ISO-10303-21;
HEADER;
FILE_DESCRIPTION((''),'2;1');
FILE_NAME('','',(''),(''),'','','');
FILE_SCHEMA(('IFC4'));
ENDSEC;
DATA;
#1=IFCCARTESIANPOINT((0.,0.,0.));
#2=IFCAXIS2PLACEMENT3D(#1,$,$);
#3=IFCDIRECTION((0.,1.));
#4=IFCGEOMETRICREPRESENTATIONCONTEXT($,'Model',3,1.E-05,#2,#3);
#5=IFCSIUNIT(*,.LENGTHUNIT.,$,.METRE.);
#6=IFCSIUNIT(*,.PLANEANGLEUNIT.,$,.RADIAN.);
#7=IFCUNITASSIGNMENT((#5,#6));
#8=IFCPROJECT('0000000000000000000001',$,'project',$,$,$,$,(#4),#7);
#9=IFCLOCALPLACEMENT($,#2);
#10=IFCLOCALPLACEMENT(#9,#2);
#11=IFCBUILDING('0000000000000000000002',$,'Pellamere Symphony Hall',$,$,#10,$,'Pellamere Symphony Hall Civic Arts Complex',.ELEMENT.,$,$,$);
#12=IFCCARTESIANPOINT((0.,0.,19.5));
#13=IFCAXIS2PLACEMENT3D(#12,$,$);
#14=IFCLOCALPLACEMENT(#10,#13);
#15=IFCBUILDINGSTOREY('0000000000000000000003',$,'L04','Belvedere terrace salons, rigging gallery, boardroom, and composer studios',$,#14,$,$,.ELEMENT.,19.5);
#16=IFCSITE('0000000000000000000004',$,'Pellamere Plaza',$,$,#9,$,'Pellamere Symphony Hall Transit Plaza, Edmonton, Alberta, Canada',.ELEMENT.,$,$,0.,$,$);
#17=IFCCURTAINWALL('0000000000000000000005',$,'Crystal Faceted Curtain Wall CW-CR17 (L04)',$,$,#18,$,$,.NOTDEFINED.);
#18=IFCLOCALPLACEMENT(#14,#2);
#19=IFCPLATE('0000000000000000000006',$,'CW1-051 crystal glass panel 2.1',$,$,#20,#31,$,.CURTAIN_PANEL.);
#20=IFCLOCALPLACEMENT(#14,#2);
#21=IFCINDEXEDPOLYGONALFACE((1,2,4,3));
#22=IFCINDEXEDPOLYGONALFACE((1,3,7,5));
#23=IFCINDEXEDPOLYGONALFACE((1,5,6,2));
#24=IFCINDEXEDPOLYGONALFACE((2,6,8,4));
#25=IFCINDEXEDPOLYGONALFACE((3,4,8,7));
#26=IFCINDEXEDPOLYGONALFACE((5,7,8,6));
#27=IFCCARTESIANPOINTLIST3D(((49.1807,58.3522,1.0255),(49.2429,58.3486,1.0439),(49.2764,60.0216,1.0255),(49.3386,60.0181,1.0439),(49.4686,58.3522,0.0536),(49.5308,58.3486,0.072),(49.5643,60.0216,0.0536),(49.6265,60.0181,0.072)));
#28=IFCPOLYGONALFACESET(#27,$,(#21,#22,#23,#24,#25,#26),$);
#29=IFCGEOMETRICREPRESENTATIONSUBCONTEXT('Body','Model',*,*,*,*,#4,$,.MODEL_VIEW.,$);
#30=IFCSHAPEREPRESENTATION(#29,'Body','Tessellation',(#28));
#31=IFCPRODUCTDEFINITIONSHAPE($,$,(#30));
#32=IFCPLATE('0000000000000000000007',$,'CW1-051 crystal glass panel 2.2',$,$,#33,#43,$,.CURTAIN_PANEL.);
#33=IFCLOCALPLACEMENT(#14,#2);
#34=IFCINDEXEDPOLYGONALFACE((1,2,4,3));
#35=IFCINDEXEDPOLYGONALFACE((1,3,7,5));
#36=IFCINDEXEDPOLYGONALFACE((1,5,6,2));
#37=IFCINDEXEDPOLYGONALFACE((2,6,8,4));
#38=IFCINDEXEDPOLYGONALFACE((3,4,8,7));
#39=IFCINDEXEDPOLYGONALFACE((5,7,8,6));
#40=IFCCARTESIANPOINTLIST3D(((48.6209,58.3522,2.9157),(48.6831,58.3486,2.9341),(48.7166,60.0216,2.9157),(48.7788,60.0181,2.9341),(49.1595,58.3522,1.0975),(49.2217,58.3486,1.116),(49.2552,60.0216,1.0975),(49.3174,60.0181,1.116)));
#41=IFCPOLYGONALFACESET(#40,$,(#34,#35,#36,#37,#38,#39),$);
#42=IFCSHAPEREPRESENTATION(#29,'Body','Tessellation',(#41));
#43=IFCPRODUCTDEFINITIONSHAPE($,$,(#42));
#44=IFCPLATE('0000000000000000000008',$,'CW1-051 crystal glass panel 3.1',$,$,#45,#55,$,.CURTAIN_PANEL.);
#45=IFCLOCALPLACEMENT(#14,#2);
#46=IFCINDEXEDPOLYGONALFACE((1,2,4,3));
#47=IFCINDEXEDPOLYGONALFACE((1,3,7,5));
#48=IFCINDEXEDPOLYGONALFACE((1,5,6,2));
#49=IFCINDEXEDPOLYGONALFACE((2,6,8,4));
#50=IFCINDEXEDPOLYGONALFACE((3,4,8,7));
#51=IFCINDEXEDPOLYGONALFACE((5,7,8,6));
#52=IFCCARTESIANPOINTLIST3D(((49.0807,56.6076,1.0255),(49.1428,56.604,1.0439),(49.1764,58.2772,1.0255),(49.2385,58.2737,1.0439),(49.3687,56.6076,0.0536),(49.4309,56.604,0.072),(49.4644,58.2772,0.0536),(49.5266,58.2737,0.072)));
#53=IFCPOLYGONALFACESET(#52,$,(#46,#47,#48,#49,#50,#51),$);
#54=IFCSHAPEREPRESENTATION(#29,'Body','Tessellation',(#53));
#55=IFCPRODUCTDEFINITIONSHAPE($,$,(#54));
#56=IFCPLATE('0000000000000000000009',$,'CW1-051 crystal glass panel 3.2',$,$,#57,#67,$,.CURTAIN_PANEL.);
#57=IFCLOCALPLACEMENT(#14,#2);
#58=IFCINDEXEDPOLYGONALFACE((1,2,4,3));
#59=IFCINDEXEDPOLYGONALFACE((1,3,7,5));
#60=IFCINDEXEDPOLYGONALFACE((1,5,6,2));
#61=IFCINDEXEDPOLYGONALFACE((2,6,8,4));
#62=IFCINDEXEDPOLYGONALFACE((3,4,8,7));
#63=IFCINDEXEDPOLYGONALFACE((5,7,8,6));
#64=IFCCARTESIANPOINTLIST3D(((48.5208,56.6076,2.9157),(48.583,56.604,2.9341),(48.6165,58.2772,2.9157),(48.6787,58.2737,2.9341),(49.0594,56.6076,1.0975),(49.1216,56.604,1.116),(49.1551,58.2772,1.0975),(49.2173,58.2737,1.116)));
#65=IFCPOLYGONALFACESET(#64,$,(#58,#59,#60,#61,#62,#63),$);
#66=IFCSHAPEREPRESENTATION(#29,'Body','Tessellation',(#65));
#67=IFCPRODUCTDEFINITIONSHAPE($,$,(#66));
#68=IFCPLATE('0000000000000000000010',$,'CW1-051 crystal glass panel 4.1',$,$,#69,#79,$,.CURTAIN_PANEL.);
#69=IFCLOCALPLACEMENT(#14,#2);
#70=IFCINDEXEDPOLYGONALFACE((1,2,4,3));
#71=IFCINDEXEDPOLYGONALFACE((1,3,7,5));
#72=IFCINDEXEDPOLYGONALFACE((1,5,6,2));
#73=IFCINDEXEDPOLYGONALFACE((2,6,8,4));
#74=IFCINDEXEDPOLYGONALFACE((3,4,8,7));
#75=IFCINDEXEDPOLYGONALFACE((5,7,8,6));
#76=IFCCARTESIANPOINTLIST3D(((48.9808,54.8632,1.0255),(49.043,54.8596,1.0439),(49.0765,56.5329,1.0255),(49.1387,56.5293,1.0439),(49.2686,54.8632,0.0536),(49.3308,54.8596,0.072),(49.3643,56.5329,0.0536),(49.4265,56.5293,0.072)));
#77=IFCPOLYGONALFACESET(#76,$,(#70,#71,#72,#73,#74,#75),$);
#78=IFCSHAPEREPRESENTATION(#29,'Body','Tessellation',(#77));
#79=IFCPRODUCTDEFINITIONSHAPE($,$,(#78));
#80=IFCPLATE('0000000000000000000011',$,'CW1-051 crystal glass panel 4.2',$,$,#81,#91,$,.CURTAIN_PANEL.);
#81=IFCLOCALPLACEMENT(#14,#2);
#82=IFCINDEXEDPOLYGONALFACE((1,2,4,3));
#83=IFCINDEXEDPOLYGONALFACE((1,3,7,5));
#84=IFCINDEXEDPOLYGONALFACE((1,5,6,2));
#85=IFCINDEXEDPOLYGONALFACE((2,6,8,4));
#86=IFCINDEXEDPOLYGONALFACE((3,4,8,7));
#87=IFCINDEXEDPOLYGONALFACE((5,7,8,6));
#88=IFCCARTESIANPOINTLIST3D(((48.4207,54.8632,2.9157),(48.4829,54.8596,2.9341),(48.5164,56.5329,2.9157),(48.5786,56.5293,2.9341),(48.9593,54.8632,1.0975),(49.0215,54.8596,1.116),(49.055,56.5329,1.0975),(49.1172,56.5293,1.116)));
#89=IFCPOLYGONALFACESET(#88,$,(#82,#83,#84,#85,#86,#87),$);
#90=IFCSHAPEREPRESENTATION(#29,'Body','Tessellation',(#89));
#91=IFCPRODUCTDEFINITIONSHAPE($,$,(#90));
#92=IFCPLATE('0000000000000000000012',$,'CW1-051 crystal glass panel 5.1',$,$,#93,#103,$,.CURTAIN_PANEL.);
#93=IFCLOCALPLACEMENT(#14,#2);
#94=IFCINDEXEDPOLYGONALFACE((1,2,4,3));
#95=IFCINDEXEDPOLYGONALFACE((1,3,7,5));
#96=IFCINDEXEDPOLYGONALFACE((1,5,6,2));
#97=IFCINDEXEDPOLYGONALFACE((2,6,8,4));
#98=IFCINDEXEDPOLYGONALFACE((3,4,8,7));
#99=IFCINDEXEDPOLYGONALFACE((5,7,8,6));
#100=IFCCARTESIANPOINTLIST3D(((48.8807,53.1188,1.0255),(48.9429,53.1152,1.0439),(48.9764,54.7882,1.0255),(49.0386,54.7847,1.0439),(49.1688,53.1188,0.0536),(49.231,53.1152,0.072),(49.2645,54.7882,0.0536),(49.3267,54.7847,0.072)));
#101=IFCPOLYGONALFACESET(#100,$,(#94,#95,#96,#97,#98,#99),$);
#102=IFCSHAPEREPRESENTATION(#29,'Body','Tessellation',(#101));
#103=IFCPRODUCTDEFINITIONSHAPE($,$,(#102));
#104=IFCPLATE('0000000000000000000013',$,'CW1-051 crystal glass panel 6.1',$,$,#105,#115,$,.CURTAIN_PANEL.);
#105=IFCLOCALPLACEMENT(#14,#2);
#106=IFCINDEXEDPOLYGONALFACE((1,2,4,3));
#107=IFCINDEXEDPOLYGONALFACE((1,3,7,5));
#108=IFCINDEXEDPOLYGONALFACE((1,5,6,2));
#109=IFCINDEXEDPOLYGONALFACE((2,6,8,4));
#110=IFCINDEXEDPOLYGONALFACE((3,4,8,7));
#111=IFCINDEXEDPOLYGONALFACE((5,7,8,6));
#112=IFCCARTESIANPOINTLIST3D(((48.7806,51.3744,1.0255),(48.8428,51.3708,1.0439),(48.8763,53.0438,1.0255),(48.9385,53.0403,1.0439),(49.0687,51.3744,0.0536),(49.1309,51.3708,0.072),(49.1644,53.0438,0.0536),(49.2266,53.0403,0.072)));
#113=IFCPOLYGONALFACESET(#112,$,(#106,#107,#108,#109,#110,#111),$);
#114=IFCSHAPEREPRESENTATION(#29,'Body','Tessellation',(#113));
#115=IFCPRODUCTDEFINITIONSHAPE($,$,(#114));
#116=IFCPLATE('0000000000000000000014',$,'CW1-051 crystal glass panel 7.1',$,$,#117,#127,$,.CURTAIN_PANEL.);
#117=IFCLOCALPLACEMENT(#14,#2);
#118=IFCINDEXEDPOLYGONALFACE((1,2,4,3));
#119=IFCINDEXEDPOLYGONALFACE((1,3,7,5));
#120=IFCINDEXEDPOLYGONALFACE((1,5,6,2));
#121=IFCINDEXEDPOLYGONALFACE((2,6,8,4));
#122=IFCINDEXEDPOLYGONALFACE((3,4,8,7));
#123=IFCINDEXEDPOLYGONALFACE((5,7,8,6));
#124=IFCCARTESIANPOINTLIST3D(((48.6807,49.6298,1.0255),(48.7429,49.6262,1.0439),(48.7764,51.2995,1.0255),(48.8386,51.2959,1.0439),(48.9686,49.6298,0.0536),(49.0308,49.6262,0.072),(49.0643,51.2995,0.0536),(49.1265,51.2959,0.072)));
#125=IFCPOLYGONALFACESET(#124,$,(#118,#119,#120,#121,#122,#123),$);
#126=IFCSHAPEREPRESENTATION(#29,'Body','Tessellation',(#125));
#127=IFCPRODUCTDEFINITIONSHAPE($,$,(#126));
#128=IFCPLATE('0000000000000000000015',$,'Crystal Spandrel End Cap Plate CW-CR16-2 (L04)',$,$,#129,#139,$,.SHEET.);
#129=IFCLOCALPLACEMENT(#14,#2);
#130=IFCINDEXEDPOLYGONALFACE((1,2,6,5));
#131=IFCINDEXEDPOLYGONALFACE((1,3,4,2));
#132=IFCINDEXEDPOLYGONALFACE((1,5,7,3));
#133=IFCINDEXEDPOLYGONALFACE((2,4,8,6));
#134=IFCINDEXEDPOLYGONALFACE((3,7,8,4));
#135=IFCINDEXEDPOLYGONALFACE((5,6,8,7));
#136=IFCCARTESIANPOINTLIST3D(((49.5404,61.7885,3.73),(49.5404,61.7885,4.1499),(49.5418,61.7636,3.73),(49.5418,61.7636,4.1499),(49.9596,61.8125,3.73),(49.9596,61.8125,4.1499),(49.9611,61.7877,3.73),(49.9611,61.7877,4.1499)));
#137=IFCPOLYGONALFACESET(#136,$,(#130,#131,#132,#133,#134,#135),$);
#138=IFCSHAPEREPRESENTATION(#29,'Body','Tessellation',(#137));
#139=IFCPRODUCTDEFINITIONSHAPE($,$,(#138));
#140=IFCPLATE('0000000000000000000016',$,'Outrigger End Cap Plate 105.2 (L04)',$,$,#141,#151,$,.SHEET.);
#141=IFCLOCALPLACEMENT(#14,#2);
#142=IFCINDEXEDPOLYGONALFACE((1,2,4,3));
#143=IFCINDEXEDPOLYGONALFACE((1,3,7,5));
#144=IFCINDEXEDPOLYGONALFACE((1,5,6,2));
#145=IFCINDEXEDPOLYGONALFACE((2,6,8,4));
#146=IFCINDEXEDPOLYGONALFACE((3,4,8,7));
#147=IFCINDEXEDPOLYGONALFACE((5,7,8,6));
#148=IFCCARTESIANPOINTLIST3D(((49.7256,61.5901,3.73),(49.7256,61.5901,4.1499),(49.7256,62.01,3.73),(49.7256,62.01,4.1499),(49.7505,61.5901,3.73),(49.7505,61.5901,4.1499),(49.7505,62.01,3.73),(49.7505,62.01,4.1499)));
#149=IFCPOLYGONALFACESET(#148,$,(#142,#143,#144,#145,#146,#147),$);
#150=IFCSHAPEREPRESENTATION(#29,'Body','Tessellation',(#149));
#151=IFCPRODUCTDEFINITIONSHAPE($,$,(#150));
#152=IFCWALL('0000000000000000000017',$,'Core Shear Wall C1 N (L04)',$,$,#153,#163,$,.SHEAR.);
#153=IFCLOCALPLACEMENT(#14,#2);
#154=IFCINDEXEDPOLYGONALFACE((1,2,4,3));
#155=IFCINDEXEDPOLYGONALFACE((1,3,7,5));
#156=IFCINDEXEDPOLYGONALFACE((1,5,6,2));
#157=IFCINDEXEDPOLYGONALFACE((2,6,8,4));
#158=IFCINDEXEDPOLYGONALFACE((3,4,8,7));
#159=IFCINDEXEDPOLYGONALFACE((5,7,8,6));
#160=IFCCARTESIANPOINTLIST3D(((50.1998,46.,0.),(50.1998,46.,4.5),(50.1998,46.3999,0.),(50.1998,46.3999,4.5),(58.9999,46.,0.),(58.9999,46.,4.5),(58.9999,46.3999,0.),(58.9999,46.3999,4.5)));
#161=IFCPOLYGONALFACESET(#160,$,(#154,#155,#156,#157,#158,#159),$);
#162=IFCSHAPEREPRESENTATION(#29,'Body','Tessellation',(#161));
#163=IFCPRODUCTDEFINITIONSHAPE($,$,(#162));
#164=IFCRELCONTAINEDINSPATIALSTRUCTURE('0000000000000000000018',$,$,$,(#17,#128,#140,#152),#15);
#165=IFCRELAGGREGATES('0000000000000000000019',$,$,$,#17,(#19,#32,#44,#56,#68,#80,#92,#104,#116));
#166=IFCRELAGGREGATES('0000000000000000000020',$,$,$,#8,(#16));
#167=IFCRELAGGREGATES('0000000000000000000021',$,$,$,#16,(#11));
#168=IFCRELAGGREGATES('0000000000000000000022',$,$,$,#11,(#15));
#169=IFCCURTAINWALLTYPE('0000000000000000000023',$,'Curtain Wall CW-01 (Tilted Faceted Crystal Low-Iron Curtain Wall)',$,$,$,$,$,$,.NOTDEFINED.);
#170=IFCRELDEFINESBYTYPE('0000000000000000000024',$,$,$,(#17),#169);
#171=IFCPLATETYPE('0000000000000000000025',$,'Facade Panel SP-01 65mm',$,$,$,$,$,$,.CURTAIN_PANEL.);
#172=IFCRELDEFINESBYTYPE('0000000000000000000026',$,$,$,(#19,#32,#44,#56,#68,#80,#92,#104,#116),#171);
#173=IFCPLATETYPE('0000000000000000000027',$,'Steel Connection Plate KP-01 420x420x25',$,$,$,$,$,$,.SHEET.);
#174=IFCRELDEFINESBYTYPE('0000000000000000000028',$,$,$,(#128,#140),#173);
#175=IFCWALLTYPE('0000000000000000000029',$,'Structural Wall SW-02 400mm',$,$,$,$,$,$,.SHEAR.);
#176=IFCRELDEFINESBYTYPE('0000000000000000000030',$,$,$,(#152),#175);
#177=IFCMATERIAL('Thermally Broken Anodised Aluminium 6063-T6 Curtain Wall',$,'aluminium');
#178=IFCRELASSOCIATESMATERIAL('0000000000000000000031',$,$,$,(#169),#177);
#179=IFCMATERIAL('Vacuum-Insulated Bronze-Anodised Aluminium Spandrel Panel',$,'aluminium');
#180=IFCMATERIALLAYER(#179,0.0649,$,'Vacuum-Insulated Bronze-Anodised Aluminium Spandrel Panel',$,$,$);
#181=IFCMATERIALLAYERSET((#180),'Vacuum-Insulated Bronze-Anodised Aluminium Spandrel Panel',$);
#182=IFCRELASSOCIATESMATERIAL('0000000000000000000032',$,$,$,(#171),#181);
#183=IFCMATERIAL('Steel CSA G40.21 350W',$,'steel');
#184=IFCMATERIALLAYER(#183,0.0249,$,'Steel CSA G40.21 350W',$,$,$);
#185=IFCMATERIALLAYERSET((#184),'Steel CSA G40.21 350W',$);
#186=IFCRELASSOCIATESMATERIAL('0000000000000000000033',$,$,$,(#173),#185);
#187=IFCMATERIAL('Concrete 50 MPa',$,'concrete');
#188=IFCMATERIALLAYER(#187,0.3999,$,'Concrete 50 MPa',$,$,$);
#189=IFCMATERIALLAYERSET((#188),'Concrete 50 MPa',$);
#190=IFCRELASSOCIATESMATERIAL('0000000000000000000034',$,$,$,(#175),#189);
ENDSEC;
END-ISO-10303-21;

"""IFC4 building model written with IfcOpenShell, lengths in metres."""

from ifc_helpers import new_model, si_unit, direction, frame, frame_2d, origin, origin_2d, place, context, subcontext, project, spatial, polyline, rectangle, outline, extrude, material, layer, layer_set, type_object, element, aggregate, save


model = new_model("IFC4")

# Units and contexts
model_context = context("Model", 3, precision=1e-05, world=origin(), true_north=direction((0.0, 1.0)))
body_context = subcontext(model_context, "Body", "Model", "MODEL_VIEW")
ifc_project = project(units=[si_unit("LENGTHUNIT", "METRE"), si_unit("PLANEANGLEUNIT", "RADIAN")], contexts=[model_context])

# Site, building, storey
site_placement = place(None, origin())
site = spatial("IfcSite", under=ifc_project, at=site_placement, Name="Pellamere Plaza", LongName="Pellamere Symphony Hall Transit Plaza, Edmonton, Alberta, Canada", CompositionType="ELEMENT", RefElevation=0.0)
building_placement = place(site_placement, origin())
building = spatial("IfcBuilding", under=site, at=building_placement, Name="Pellamere Symphony Hall", LongName="Pellamere Symphony Hall Civic Arts Complex", CompositionType="ELEMENT")
storey_placement = place(building_placement, frame((0.0, 0.0, 19.5)))
storey = spatial("IfcBuildingStorey", under=building, at=storey_placement, Name="L04", Description="Belvedere terrace salons, rigging gallery, boardroom, and composer studios", CompositionType="ELEMENT", Elevation=19.5)

# Curtain wall
ifc_material_1 = material(Name="Thermally Broken Anodised Aluminium 6063-T6 Curtain Wall", Category="aluminium")
curtain_wall_type = type_object("IfcCurtainWallType", Name="Curtain Wall CW-01 (Tilted Faceted Crystal Low-Iron Curtain Wall)", PredefinedType="NOTDEFINED", material=ifc_material_1)
curtain_wall_placement = place(storey_placement, origin())
curtain_wall = element("IfcCurtainWall", 1, at=curtain_wall_placement, inside=storey, type_object=curtain_wall_type, Name="Crystal Faceted Curtain Wall CW-CR17 (L04)", PredefinedType="NOTDEFINED")

# Shared definitions
ifc_material_2 = material(Name="Steel CSA G40.21 350W", Category="steel")

# Plates
ifc_material_3 = material(Name="Vacuum-Insulated Bronze-Anodised Aluminium Spandrel Panel", Category="aluminium")
ifc_layer_1 = layer(ifc_material_3, 0.0649, Name="Vacuum-Insulated Bronze-Anodised Aluminium Spandrel Panel")
ifc_layer_set_1 = layer_set([ifc_layer_1], Name="Vacuum-Insulated Bronze-Anodised Aluminium Spandrel Panel")
plate_type_1 = type_object("IfcPlateType", Name="Facade Panel SP-01 65mm", PredefinedType="CURTAIN_PANEL", material=ifc_layer_set_1)
plate_1_placement = place(storey_placement, frame((49.6265, 60.0181, 0.072), z_axis=(0.957389, -0.054884, 0.283537), x_axis=(-0.057233, -0.998361, 0.0)))
plate_1 = element("IfcPlate", 2, at=plate_1_placement, type_object=plate_type_1, Name="CW1-051 crystal glass panel 2.1", PredefinedType="CURTAIN_PANEL", context=body_context, shape_type="SweptSolid", body=[
    extrude(outline(polyline([(0.0, 0.0), (1.6722, 0.0), (1.6886, -1.0135), (0.0165, -1.0135), (0.0, 0.0)])), origin(), (0.0, 0.0, -1.0), 0.0649),
])
plate_2_placement = place(storey_placement, frame((49.3174, 60.0181, 1.116), z_axis=(0.957371, -0.054883, 0.283599), x_axis=(-0.057233, -0.998361, 0.0)))
plate_2 = element("IfcPlate", 3, at=plate_2_placement, type_object=plate_type_1, Name="CW1-051 crystal glass panel 2.2", PredefinedType="CURTAIN_PANEL", context=body_context, shape_type="SweptSolid", body=[
    extrude(outline(polyline([(0.0, 0.0), (1.6722, 0.0), (1.703, -1.896), (0.0308, -1.896), (0.0, 0.0)])), origin(), (0.0, 0.0, -1.0), 0.0649),
])
plate_3_placement = place(storey_placement, frame((49.5266, 58.2737, 0.072), z_axis=(0.957324, -0.054872, 0.283759), x_axis=(-0.057224, -0.998361, 0.0)))
plate_3 = element("IfcPlate", 4, at=plate_3_placement, type_object=plate_type_1, Name="CW1-051 crystal glass panel 3.1", PredefinedType="CURTAIN_PANEL", context=body_context, shape_type="SweptSolid", body=[
    extrude(outline(polyline([(0.0, 0.0), (1.6724, 0.0), (1.6889, -1.0136), (0.0165, -1.0136), (0.0, 0.0)])), origin(), (0.0, 0.0, -1.0), 0.0649),
])
plate_4_placement = place(storey_placement, frame((49.2173, 58.2737, 1.116), z_axis=(0.957372, -0.054875, 0.283599), x_axis=(-0.057224, -0.998361, 0.0)))
plate_4 = element("IfcPlate", 5, at=plate_4_placement, type_object=plate_type_1, Name="CW1-051 crystal glass panel 3.2", PredefinedType="CURTAIN_PANEL", context=body_context, shape_type="SweptSolid", body=[
    extrude(outline(polyline([(0.0, 0.0), (1.6724, 0.0), (1.7032, -1.896), (0.0308, -1.896), (0.0, 0.0)])), origin(), (0.0, 0.0, -1.0), 0.0649),
])
plate_5_placement = place(storey_placement, frame((49.4265, 56.5293, 0.072), z_axis=(0.95739, -0.054876, 0.283537), x_axis=(-0.057224, -0.998361, 0.0)))
plate_5 = element("IfcPlate", 6, at=plate_5_placement, type_object=plate_type_1, Name="CW1-051 crystal glass panel 4.1", PredefinedType="CURTAIN_PANEL", context=body_context, shape_type="SweptSolid", body=[
    extrude(outline(polyline([(0.0, 0.0), (1.6724, 0.0), (1.6889, -1.0135), (0.0165, -1.0135), (0.0, 0.0)])), origin(), (0.0, 0.0, -1.0), 0.0649),
])
plate_6_placement = place(storey_placement, frame((49.1172, 56.5293, 1.116), z_axis=(0.957372, -0.054875, 0.283599), x_axis=(-0.057224, -0.998361, 0.0)))
plate_6 = element("IfcPlate", 7, at=plate_6_placement, type_object=plate_type_1, Name="CW1-051 crystal glass panel 4.2", PredefinedType="CURTAIN_PANEL", context=body_context, shape_type="SweptSolid", body=[
    extrude(outline(polyline([(0.0, 0.0), (1.6724, 0.0), (1.7032, -1.896), (0.0308, -1.896), (0.0, 0.0)])), origin(), (0.0, 0.0, -1.0), 0.0649),
])
plate_7_placement = place(storey_placement, frame((49.3267, 54.7847, 0.072), z_axis=(0.957324, -0.05488, 0.283758), x_axis=(-0.057233, -0.998361, 0.0)))
plate_7 = element("IfcPlate", 8, at=plate_7_placement, type_object=plate_type_1, Name="CW1-051 crystal glass panel 5.1", PredefinedType="CURTAIN_PANEL", context=body_context, shape_type="SweptSolid", body=[
    extrude(outline(polyline([(0.0, 0.0), (1.6722, 0.0), (1.6887, -1.0136), (0.0165, -1.0136), (0.0, 0.0)])), origin(), (0.0, 0.0, -1.0), 0.0649),
])
plate_8_placement = place(storey_placement, frame((49.2266, 53.0403, 0.072), z_axis=(0.957324, -0.05488, 0.283758), x_axis=(-0.057233, -0.998361, 0.0)))
plate_8 = element("IfcPlate", 9, at=plate_8_placement, type_object=plate_type_1, Name="CW1-051 crystal glass panel 6.1", PredefinedType="CURTAIN_PANEL", context=body_context, shape_type="SweptSolid", body=[
    extrude(outline(polyline([(0.0, 0.0), (1.6722, 0.0), (1.6887, -1.0136), (0.0165, -1.0136), (0.0, 0.0)])), origin(), (0.0, 0.0, -1.0), 0.0649),
])
plate_9_placement = place(storey_placement, frame((49.1265, 51.2959, 0.072), z_axis=(0.95739, -0.054876, 0.283537), x_axis=(-0.057224, -0.998361, 0.0)))
plate_9 = element("IfcPlate", 10, at=plate_9_placement, type_object=plate_type_1, Name="CW1-051 crystal glass panel 7.1", PredefinedType="CURTAIN_PANEL", context=body_context, shape_type="SweptSolid", body=[
    extrude(outline(polyline([(0.0, 0.0), (1.6724, 0.0), (1.6889, -1.0135), (0.0165, -1.0135), (0.0, 0.0)])), origin(), (0.0, 0.0, -1.0), 0.0649),
])
aggregate(curtain_wall, [plate_1, plate_2, plate_3, plate_4, plate_5, plate_6, plate_7, plate_8, plate_9])

# Plates
ifc_layer_2 = layer(ifc_material_2, 0.0249, Name="Steel CSA G40.21 350W")
ifc_layer_set_2 = layer_set([ifc_layer_2], Name="Steel CSA G40.21 350W")
plate_type_2 = type_object("IfcPlateType", Name="Steel Connection Plate KP-01 420x420x25", PredefinedType="SHEET", material=ifc_layer_set_2)
for number, where, z_axis, x_axis, name in (
    (11, (49.7507, 61.7881, 3.73), (0.0, 0.0, 1.0), (0.057216, -0.998362, 0.0), "Crystal Spandrel End Cap Plate CW-CR16-2 (L04)"),
    (12, (49.738, 61.8, 3.73), (0.0, 0.0, 1.0), (-1.0, 0.0, 0.0), "Outrigger End Cap Plate 105.2 (L04)"),
):
    element("IfcPlate", number, at=place(storey_placement, frame(where, z_axis=z_axis, x_axis=x_axis)), inside=storey, type_object=plate_type_2, Name=name, PredefinedType="SHEET", context=body_context, shape_type="SweptSolid", body=[
        extrude(rectangle(XDim=0.0249, YDim=0.4199, at=origin_2d()), origin(), (0.0, 0.0, 1.0), 0.4199),
    ])

# Wall
ifc_material_4 = material(Name="Concrete 50 MPa", Category="concrete")
ifc_layer_3 = layer(ifc_material_4, 0.3999, Name="Concrete 50 MPa")
ifc_layer_set_3 = layer_set([ifc_layer_3], Name="Concrete 50 MPa")
wall_type = type_object("IfcWallType", Name="Structural Wall SW-02 400mm", PredefinedType="SHEAR", material=ifc_layer_set_3)
wall_placement = place(storey_placement, frame((50.2, 46.2, 0.0), z_axis=(0.0, 0.0, 1.0), x_axis=(1.0, 0.0, 0.0)))
element("IfcWall", 13, at=wall_placement, inside=storey, type_object=wall_type, Name="Core Shear Wall C1 N (L04)", PredefinedType="SHEAR", context=body_context, shape_type="SweptSolid", body=[
    extrude(rectangle(XDim=8.8, YDim=0.3999, at=frame_2d((4.3999, 0.0))), origin(), (0.0, 0.0, 1.0), 4.5),
])

save(model, "model.ifc")
